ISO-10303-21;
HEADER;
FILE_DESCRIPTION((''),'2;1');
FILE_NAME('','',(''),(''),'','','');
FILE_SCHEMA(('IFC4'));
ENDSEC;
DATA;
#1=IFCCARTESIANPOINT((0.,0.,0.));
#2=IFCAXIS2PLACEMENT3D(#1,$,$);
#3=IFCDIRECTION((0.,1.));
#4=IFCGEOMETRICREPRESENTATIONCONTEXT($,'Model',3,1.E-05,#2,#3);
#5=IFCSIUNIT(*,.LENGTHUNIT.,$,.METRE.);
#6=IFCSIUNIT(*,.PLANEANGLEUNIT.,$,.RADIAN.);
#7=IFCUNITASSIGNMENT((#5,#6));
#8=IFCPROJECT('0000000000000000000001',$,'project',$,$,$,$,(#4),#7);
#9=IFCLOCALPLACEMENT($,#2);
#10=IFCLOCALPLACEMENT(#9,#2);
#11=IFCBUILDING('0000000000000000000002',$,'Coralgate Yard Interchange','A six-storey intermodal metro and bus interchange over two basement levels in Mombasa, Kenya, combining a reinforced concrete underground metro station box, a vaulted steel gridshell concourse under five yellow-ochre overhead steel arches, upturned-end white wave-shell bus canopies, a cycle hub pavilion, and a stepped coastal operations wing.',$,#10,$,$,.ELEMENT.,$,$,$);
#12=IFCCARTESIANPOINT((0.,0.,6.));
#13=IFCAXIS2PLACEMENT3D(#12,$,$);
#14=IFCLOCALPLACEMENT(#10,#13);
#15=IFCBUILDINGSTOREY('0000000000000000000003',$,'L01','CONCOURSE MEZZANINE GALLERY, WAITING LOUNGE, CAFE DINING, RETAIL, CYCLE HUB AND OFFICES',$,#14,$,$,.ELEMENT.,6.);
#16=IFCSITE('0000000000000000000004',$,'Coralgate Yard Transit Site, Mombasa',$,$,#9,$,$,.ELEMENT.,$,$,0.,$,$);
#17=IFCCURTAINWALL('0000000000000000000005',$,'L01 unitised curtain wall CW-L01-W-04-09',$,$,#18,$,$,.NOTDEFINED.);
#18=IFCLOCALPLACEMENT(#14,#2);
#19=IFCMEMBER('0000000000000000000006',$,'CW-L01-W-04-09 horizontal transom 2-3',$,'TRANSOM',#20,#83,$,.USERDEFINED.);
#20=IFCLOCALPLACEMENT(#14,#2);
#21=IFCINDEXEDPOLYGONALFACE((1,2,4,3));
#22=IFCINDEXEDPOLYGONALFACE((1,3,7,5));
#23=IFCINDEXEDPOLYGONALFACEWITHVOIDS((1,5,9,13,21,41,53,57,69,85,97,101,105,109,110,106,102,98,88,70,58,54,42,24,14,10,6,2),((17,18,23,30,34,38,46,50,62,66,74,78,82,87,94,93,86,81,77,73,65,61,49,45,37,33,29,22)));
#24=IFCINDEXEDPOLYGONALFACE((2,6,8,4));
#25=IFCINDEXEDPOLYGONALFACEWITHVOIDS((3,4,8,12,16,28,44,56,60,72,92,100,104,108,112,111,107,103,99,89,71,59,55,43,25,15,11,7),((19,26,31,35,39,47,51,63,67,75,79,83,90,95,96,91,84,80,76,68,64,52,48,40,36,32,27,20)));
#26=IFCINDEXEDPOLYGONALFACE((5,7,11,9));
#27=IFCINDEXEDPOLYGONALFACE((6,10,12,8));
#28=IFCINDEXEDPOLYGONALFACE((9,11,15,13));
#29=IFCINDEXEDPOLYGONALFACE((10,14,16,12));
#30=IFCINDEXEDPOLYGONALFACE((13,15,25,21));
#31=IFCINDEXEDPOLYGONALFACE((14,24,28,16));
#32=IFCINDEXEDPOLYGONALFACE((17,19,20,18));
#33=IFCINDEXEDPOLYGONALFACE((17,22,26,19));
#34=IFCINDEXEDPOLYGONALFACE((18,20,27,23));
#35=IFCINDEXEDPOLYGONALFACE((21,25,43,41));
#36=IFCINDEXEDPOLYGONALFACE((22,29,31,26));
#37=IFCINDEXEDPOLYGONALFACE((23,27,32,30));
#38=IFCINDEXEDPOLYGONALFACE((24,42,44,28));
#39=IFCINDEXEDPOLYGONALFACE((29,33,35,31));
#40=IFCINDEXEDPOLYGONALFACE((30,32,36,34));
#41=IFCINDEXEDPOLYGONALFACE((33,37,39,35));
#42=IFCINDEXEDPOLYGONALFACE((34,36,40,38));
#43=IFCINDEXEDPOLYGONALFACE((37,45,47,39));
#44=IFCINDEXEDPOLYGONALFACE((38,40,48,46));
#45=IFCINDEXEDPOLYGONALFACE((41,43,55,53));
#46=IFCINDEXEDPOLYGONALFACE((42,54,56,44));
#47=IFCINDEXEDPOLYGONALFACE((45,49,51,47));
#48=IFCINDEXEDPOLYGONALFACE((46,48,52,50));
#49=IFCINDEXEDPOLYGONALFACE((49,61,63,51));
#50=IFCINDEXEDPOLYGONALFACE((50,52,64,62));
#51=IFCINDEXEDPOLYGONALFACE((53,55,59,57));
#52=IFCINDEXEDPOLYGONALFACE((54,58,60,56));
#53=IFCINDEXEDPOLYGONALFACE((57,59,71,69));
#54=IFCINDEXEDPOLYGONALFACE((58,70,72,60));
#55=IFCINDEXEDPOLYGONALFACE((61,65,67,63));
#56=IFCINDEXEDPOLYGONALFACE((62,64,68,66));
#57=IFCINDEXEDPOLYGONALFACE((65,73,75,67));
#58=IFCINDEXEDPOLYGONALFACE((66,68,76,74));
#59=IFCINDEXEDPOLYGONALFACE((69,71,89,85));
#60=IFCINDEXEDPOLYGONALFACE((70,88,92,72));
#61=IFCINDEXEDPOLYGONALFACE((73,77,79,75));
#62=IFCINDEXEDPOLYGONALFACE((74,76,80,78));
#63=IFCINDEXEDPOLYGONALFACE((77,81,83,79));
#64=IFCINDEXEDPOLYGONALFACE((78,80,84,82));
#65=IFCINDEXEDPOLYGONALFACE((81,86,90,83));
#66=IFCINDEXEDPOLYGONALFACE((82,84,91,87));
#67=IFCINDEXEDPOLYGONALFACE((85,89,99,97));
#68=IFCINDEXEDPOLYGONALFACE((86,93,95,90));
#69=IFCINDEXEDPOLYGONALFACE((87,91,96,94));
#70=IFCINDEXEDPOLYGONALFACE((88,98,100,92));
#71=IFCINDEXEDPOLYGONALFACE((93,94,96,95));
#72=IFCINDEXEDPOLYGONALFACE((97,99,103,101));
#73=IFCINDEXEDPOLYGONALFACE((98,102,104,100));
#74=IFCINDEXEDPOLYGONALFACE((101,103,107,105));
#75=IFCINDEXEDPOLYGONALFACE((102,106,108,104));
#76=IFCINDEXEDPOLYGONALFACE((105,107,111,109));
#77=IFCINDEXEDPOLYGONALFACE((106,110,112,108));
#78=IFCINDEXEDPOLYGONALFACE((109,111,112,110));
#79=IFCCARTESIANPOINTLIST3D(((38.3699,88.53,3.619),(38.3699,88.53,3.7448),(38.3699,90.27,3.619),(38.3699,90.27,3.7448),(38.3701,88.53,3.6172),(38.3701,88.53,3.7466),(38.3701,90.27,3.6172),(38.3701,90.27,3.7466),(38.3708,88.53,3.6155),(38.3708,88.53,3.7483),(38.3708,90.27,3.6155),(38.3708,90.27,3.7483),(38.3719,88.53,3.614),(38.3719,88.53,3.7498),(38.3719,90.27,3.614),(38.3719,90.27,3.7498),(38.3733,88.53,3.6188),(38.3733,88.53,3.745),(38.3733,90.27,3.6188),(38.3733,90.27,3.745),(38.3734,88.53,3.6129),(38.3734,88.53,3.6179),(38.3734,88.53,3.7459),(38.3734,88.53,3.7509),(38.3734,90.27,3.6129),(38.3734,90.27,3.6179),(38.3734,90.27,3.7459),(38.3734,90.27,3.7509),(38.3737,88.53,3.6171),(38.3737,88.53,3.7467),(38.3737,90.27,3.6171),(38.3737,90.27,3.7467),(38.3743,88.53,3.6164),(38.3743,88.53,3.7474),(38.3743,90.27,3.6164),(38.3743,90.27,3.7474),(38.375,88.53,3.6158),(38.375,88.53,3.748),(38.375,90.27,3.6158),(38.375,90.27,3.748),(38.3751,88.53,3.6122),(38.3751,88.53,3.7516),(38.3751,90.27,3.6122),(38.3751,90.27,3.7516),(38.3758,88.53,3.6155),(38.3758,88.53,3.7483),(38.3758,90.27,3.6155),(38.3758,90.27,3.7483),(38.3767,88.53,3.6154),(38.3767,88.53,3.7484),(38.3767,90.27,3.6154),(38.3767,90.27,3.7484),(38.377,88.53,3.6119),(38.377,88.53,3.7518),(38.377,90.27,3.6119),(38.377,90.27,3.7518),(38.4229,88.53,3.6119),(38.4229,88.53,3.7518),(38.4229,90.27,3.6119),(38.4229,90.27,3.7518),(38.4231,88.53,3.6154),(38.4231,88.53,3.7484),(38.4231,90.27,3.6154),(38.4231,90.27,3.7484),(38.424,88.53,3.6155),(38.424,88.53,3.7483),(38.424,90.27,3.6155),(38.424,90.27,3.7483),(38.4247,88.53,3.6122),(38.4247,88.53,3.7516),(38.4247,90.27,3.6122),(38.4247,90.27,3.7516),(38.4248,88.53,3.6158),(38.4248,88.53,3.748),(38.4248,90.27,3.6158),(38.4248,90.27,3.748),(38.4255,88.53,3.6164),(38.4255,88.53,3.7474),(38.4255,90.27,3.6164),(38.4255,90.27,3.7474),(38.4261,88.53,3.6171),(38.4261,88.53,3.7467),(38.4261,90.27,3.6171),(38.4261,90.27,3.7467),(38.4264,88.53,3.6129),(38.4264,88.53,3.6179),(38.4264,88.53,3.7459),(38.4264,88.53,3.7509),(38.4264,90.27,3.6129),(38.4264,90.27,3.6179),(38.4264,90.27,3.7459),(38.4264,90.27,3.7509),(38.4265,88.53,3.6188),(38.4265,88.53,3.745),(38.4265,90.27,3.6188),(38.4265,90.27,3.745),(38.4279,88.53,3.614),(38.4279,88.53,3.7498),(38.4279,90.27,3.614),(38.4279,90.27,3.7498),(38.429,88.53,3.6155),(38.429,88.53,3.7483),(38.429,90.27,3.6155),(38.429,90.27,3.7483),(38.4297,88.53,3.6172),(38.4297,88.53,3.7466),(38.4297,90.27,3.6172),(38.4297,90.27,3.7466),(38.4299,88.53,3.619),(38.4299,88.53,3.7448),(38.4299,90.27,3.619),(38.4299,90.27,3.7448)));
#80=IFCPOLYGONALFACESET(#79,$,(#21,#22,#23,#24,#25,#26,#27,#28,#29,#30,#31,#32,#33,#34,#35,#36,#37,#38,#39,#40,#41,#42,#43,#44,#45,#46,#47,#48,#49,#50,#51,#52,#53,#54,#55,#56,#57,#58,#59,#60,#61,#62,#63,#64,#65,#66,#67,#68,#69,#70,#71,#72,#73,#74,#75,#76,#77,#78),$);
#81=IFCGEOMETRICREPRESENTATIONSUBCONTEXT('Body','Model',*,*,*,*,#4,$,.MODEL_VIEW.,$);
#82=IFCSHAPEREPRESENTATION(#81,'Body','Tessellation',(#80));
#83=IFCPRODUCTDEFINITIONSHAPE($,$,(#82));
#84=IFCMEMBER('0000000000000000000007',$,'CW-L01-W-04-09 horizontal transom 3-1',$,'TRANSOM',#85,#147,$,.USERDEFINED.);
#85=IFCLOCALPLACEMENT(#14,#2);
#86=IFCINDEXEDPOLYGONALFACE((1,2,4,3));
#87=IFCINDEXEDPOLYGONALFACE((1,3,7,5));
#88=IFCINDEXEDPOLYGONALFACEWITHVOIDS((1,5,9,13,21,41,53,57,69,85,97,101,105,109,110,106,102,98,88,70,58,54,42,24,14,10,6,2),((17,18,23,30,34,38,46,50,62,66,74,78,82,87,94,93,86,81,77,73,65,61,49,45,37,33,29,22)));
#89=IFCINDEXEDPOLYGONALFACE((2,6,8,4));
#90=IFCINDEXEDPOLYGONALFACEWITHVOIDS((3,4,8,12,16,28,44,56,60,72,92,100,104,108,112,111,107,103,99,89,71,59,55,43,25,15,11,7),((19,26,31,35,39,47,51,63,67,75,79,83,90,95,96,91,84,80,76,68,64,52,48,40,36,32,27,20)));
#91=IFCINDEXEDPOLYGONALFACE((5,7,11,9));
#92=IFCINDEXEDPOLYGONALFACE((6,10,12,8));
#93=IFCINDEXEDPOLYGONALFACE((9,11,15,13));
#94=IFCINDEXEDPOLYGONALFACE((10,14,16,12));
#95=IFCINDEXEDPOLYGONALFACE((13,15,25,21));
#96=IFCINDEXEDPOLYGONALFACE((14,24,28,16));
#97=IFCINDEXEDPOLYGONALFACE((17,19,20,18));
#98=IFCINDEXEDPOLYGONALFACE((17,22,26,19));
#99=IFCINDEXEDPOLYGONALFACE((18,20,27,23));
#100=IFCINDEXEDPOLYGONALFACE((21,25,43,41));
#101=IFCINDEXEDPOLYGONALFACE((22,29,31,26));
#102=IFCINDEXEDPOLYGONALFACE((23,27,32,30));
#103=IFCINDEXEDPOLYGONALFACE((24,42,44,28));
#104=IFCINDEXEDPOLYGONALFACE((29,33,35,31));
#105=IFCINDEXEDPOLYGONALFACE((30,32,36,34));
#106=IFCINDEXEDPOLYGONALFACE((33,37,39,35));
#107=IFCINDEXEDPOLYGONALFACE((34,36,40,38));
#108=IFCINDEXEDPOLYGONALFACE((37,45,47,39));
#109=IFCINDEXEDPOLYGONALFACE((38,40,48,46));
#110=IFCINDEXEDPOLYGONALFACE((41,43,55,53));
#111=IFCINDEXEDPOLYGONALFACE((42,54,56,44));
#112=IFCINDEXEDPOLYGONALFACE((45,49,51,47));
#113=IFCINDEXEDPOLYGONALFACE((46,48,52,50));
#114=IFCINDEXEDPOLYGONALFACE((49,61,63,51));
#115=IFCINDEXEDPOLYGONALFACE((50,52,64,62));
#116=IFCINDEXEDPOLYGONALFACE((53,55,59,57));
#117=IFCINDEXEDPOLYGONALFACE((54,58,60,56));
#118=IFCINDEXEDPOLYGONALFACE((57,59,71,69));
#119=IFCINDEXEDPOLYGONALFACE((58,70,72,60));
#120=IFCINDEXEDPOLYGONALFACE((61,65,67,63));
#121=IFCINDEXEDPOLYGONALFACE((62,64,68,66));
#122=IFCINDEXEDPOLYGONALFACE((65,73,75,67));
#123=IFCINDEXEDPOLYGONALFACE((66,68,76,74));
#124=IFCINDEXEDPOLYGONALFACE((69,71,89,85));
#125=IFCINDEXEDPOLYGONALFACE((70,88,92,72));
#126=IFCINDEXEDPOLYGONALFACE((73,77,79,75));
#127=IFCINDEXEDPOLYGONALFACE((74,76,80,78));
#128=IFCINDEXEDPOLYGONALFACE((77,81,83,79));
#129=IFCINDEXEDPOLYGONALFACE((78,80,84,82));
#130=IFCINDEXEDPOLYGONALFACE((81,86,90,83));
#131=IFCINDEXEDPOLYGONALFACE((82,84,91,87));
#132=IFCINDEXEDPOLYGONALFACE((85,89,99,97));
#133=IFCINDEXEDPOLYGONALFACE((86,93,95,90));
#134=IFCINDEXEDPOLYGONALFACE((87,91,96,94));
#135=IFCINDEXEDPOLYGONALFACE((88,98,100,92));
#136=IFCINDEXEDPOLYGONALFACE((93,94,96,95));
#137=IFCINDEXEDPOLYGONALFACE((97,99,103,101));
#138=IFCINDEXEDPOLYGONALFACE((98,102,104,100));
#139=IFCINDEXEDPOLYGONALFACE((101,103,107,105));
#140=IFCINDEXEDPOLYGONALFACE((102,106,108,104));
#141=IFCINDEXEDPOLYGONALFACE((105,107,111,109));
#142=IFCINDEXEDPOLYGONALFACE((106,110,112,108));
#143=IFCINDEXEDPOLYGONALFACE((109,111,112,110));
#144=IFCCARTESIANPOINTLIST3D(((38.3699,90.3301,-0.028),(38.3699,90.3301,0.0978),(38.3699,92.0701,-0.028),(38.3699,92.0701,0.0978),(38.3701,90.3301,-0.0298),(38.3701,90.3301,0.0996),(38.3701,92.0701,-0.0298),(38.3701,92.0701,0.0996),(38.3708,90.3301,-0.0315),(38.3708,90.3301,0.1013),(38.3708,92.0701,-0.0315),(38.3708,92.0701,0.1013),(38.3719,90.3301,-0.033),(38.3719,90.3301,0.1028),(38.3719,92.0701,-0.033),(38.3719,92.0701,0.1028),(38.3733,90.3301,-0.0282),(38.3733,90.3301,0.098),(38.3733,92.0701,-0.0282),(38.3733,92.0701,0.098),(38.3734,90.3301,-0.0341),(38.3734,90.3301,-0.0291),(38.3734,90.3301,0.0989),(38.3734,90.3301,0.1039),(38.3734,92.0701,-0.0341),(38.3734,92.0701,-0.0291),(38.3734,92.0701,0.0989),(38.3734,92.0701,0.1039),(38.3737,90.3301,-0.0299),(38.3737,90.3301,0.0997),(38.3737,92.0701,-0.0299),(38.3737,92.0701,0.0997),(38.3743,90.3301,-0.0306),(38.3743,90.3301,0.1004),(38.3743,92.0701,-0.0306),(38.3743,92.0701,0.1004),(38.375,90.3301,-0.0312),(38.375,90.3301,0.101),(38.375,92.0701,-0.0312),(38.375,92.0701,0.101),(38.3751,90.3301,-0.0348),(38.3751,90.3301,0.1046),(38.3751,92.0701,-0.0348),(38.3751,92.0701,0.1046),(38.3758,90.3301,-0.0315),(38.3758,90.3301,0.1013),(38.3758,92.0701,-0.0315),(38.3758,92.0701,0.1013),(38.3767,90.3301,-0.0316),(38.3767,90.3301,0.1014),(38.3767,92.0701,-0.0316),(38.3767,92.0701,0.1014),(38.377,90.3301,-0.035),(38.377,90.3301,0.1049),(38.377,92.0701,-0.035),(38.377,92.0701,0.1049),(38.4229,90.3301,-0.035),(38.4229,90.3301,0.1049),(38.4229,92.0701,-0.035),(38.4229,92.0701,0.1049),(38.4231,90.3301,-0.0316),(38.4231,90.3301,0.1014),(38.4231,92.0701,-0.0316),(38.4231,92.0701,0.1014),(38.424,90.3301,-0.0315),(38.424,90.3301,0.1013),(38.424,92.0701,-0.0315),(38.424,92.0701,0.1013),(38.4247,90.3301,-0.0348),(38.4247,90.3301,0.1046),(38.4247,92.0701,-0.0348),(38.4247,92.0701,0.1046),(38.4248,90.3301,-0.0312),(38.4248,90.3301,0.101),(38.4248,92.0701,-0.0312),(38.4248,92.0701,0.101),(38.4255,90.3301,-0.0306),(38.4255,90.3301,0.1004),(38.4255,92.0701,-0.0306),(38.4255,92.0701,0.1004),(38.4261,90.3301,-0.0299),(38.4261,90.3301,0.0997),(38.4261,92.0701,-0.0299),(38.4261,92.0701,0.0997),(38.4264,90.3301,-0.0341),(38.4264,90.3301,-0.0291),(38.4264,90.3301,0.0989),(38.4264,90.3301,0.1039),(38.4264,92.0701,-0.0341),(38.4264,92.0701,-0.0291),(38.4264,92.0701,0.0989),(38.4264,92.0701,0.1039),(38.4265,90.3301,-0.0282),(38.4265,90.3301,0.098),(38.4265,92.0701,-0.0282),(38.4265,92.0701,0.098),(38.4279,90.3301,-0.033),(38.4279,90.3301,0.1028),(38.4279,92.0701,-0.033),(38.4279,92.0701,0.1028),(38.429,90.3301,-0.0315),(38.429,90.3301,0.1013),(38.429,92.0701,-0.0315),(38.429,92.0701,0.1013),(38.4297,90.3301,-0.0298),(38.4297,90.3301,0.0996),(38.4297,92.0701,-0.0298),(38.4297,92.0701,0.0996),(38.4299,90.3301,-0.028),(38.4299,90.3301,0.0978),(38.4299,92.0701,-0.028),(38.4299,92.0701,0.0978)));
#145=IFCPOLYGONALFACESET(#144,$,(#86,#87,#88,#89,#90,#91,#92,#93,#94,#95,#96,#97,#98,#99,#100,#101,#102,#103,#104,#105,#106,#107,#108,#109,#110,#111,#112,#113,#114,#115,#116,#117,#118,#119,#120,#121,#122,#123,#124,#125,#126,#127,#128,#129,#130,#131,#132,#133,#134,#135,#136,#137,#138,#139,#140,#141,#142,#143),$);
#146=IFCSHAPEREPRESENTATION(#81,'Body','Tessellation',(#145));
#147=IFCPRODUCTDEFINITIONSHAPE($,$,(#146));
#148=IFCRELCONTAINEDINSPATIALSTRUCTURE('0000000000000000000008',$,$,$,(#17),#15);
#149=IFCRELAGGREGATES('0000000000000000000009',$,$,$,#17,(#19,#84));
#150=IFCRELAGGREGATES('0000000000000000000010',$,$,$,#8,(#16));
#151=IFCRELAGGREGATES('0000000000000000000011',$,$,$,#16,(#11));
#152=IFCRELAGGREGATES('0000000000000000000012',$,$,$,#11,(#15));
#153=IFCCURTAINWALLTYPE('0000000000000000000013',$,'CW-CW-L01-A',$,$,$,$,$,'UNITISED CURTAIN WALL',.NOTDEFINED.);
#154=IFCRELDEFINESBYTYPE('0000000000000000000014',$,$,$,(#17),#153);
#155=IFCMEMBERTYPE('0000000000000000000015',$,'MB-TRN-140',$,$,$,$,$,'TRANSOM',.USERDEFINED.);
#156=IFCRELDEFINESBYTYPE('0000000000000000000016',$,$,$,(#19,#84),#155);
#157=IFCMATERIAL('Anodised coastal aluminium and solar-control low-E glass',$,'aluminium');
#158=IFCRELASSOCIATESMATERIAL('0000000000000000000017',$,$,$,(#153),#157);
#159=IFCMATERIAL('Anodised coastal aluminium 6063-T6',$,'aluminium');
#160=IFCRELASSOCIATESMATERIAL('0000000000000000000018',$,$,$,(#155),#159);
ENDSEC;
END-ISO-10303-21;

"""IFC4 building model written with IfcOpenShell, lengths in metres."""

from ifc_helpers import new_model, si_unit, direction, frame, origin, origin_2d, place, context, subcontext, project, spatial, hollow_rectangle, extrude, material, material_profile, profile_set, type_object, element, aggregate, save


model = new_model("IFC4")

# Units and contexts
model_context = context("Model", 3, precision=1e-05, world=origin(), true_north=direction((0.0, 1.0)))
body_context = subcontext(model_context, "Body", "Model", "MODEL_VIEW")
ifc_project = project(units=[si_unit("LENGTHUNIT", "METRE"), si_unit("PLANEANGLEUNIT", "RADIAN")], contexts=[model_context])

# Site, building, storey
site_placement = place(None, origin())
site = spatial("IfcSite", under=ifc_project, at=site_placement, Name="Coralgate Yard Transit Site, Mombasa", CompositionType="ELEMENT", RefElevation=0.0)
building_placement = place(site_placement, origin())
building = spatial("IfcBuilding", under=site, at=building_placement, Name="Coralgate Yard Interchange", Description="A six-storey intermodal metro and bus interchange over two basement levels in Mombasa, Kenya, combining a reinforced concrete underground metro station box, a vaulted steel gridshell concourse under five yellow-ochre overhead steel arches, upturned-end white wave-shell bus canopies, a cycle hub pavilion, and a stepped coastal operations wing.", CompositionType="ELEMENT")
storey_placement = place(building_placement, frame((0.0, 0.0, 6.0)))
storey = spatial("IfcBuildingStorey", under=building, at=storey_placement, Name="L01", Description="CONCOURSE MEZZANINE GALLERY, WAITING LOUNGE, CAFE DINING, RETAIL, CYCLE HUB AND OFFICES", CompositionType="ELEMENT", Elevation=6.0)

# Curtain wall, members
ifc_material_1 = material(Name="Anodised coastal aluminium and solar-control low-E glass", Category="aluminium")
curtain_wall_type = type_object("IfcCurtainWallType", Name="CW-CW-L01-A", ElementType="UNITISED CURTAIN WALL", PredefinedType="NOTDEFINED", material=ifc_material_1)
curtain_wall_placement = place(storey_placement, origin())
curtain_wall = element("IfcCurtainWall", 1, at=curtain_wall_placement, inside=storey, type_object=curtain_wall_type, Name="L01 unitised curtain wall CW-L01-W-04-09", PredefinedType="NOTDEFINED")
ifc_material_2 = material(Name="Anodised coastal aluminium 6063-T6", Category="aluminium")
ifc_material_profile_1 = material_profile(ifc_material_2, hollow_rectangle(XDim=0.0601, YDim=0.1399, WallThickness=0.0034, InnerFilletRadius=0.0034, OuterFilletRadius=0.0071, at=origin_2d()), Name="ALU 60x140x3.5")
ifc_profile_set_1 = profile_set([ifc_material_profile_1], Name="Anodised coastal aluminium 6063-T6")
member_type_1 = type_object("IfcMemberType", Name="MB-TRN-140", ElementType="TRANSOM", PredefinedType="USERDEFINED", material=ifc_profile_set_1)
member_1_placement = place(storey_placement, frame((38.3999, 88.53, 3.6819), z_axis=(0.0, 1.0, 0.0), x_axis=(-1.0, 0.0, 0.0)))
member_1 = element("IfcMember", 2, at=member_1_placement, type_object=member_type_1, Name="CW-L01-W-04-09 horizontal transom 2-3", ObjectType="TRANSOM", PredefinedType="USERDEFINED", context=body_context, shape_type="SweptSolid", body=[
    extrude(hollow_rectangle(XDim=0.0601, YDim=0.1399, WallThickness=0.0034, InnerFilletRadius=0.0034, OuterFilletRadius=0.0071, at=origin_2d()), origin(), (0.0, 0.0, 1.0), 1.74),
])
member_2_placement = place(storey_placement, frame((38.3999, 90.3301, 0.0349), z_axis=(0.0, 1.0, 0.0), x_axis=(-1.0, 0.0, 0.0)))
member_2 = element("IfcMember", 3, at=member_2_placement, type_object=member_type_1, Name="CW-L01-W-04-09 horizontal transom 3-1", ObjectType="TRANSOM", PredefinedType="USERDEFINED", context=body_context, shape_type="SweptSolid", body=[
    extrude(hollow_rectangle(XDim=0.0601, YDim=0.1399, WallThickness=0.0034, InnerFilletRadius=0.0034, OuterFilletRadius=0.0071, at=origin_2d()), origin(), (0.0, 0.0, 1.0), 1.74),
])
aggregate(curtain_wall, [member_1, member_2])

save(model, "model.ifc")
